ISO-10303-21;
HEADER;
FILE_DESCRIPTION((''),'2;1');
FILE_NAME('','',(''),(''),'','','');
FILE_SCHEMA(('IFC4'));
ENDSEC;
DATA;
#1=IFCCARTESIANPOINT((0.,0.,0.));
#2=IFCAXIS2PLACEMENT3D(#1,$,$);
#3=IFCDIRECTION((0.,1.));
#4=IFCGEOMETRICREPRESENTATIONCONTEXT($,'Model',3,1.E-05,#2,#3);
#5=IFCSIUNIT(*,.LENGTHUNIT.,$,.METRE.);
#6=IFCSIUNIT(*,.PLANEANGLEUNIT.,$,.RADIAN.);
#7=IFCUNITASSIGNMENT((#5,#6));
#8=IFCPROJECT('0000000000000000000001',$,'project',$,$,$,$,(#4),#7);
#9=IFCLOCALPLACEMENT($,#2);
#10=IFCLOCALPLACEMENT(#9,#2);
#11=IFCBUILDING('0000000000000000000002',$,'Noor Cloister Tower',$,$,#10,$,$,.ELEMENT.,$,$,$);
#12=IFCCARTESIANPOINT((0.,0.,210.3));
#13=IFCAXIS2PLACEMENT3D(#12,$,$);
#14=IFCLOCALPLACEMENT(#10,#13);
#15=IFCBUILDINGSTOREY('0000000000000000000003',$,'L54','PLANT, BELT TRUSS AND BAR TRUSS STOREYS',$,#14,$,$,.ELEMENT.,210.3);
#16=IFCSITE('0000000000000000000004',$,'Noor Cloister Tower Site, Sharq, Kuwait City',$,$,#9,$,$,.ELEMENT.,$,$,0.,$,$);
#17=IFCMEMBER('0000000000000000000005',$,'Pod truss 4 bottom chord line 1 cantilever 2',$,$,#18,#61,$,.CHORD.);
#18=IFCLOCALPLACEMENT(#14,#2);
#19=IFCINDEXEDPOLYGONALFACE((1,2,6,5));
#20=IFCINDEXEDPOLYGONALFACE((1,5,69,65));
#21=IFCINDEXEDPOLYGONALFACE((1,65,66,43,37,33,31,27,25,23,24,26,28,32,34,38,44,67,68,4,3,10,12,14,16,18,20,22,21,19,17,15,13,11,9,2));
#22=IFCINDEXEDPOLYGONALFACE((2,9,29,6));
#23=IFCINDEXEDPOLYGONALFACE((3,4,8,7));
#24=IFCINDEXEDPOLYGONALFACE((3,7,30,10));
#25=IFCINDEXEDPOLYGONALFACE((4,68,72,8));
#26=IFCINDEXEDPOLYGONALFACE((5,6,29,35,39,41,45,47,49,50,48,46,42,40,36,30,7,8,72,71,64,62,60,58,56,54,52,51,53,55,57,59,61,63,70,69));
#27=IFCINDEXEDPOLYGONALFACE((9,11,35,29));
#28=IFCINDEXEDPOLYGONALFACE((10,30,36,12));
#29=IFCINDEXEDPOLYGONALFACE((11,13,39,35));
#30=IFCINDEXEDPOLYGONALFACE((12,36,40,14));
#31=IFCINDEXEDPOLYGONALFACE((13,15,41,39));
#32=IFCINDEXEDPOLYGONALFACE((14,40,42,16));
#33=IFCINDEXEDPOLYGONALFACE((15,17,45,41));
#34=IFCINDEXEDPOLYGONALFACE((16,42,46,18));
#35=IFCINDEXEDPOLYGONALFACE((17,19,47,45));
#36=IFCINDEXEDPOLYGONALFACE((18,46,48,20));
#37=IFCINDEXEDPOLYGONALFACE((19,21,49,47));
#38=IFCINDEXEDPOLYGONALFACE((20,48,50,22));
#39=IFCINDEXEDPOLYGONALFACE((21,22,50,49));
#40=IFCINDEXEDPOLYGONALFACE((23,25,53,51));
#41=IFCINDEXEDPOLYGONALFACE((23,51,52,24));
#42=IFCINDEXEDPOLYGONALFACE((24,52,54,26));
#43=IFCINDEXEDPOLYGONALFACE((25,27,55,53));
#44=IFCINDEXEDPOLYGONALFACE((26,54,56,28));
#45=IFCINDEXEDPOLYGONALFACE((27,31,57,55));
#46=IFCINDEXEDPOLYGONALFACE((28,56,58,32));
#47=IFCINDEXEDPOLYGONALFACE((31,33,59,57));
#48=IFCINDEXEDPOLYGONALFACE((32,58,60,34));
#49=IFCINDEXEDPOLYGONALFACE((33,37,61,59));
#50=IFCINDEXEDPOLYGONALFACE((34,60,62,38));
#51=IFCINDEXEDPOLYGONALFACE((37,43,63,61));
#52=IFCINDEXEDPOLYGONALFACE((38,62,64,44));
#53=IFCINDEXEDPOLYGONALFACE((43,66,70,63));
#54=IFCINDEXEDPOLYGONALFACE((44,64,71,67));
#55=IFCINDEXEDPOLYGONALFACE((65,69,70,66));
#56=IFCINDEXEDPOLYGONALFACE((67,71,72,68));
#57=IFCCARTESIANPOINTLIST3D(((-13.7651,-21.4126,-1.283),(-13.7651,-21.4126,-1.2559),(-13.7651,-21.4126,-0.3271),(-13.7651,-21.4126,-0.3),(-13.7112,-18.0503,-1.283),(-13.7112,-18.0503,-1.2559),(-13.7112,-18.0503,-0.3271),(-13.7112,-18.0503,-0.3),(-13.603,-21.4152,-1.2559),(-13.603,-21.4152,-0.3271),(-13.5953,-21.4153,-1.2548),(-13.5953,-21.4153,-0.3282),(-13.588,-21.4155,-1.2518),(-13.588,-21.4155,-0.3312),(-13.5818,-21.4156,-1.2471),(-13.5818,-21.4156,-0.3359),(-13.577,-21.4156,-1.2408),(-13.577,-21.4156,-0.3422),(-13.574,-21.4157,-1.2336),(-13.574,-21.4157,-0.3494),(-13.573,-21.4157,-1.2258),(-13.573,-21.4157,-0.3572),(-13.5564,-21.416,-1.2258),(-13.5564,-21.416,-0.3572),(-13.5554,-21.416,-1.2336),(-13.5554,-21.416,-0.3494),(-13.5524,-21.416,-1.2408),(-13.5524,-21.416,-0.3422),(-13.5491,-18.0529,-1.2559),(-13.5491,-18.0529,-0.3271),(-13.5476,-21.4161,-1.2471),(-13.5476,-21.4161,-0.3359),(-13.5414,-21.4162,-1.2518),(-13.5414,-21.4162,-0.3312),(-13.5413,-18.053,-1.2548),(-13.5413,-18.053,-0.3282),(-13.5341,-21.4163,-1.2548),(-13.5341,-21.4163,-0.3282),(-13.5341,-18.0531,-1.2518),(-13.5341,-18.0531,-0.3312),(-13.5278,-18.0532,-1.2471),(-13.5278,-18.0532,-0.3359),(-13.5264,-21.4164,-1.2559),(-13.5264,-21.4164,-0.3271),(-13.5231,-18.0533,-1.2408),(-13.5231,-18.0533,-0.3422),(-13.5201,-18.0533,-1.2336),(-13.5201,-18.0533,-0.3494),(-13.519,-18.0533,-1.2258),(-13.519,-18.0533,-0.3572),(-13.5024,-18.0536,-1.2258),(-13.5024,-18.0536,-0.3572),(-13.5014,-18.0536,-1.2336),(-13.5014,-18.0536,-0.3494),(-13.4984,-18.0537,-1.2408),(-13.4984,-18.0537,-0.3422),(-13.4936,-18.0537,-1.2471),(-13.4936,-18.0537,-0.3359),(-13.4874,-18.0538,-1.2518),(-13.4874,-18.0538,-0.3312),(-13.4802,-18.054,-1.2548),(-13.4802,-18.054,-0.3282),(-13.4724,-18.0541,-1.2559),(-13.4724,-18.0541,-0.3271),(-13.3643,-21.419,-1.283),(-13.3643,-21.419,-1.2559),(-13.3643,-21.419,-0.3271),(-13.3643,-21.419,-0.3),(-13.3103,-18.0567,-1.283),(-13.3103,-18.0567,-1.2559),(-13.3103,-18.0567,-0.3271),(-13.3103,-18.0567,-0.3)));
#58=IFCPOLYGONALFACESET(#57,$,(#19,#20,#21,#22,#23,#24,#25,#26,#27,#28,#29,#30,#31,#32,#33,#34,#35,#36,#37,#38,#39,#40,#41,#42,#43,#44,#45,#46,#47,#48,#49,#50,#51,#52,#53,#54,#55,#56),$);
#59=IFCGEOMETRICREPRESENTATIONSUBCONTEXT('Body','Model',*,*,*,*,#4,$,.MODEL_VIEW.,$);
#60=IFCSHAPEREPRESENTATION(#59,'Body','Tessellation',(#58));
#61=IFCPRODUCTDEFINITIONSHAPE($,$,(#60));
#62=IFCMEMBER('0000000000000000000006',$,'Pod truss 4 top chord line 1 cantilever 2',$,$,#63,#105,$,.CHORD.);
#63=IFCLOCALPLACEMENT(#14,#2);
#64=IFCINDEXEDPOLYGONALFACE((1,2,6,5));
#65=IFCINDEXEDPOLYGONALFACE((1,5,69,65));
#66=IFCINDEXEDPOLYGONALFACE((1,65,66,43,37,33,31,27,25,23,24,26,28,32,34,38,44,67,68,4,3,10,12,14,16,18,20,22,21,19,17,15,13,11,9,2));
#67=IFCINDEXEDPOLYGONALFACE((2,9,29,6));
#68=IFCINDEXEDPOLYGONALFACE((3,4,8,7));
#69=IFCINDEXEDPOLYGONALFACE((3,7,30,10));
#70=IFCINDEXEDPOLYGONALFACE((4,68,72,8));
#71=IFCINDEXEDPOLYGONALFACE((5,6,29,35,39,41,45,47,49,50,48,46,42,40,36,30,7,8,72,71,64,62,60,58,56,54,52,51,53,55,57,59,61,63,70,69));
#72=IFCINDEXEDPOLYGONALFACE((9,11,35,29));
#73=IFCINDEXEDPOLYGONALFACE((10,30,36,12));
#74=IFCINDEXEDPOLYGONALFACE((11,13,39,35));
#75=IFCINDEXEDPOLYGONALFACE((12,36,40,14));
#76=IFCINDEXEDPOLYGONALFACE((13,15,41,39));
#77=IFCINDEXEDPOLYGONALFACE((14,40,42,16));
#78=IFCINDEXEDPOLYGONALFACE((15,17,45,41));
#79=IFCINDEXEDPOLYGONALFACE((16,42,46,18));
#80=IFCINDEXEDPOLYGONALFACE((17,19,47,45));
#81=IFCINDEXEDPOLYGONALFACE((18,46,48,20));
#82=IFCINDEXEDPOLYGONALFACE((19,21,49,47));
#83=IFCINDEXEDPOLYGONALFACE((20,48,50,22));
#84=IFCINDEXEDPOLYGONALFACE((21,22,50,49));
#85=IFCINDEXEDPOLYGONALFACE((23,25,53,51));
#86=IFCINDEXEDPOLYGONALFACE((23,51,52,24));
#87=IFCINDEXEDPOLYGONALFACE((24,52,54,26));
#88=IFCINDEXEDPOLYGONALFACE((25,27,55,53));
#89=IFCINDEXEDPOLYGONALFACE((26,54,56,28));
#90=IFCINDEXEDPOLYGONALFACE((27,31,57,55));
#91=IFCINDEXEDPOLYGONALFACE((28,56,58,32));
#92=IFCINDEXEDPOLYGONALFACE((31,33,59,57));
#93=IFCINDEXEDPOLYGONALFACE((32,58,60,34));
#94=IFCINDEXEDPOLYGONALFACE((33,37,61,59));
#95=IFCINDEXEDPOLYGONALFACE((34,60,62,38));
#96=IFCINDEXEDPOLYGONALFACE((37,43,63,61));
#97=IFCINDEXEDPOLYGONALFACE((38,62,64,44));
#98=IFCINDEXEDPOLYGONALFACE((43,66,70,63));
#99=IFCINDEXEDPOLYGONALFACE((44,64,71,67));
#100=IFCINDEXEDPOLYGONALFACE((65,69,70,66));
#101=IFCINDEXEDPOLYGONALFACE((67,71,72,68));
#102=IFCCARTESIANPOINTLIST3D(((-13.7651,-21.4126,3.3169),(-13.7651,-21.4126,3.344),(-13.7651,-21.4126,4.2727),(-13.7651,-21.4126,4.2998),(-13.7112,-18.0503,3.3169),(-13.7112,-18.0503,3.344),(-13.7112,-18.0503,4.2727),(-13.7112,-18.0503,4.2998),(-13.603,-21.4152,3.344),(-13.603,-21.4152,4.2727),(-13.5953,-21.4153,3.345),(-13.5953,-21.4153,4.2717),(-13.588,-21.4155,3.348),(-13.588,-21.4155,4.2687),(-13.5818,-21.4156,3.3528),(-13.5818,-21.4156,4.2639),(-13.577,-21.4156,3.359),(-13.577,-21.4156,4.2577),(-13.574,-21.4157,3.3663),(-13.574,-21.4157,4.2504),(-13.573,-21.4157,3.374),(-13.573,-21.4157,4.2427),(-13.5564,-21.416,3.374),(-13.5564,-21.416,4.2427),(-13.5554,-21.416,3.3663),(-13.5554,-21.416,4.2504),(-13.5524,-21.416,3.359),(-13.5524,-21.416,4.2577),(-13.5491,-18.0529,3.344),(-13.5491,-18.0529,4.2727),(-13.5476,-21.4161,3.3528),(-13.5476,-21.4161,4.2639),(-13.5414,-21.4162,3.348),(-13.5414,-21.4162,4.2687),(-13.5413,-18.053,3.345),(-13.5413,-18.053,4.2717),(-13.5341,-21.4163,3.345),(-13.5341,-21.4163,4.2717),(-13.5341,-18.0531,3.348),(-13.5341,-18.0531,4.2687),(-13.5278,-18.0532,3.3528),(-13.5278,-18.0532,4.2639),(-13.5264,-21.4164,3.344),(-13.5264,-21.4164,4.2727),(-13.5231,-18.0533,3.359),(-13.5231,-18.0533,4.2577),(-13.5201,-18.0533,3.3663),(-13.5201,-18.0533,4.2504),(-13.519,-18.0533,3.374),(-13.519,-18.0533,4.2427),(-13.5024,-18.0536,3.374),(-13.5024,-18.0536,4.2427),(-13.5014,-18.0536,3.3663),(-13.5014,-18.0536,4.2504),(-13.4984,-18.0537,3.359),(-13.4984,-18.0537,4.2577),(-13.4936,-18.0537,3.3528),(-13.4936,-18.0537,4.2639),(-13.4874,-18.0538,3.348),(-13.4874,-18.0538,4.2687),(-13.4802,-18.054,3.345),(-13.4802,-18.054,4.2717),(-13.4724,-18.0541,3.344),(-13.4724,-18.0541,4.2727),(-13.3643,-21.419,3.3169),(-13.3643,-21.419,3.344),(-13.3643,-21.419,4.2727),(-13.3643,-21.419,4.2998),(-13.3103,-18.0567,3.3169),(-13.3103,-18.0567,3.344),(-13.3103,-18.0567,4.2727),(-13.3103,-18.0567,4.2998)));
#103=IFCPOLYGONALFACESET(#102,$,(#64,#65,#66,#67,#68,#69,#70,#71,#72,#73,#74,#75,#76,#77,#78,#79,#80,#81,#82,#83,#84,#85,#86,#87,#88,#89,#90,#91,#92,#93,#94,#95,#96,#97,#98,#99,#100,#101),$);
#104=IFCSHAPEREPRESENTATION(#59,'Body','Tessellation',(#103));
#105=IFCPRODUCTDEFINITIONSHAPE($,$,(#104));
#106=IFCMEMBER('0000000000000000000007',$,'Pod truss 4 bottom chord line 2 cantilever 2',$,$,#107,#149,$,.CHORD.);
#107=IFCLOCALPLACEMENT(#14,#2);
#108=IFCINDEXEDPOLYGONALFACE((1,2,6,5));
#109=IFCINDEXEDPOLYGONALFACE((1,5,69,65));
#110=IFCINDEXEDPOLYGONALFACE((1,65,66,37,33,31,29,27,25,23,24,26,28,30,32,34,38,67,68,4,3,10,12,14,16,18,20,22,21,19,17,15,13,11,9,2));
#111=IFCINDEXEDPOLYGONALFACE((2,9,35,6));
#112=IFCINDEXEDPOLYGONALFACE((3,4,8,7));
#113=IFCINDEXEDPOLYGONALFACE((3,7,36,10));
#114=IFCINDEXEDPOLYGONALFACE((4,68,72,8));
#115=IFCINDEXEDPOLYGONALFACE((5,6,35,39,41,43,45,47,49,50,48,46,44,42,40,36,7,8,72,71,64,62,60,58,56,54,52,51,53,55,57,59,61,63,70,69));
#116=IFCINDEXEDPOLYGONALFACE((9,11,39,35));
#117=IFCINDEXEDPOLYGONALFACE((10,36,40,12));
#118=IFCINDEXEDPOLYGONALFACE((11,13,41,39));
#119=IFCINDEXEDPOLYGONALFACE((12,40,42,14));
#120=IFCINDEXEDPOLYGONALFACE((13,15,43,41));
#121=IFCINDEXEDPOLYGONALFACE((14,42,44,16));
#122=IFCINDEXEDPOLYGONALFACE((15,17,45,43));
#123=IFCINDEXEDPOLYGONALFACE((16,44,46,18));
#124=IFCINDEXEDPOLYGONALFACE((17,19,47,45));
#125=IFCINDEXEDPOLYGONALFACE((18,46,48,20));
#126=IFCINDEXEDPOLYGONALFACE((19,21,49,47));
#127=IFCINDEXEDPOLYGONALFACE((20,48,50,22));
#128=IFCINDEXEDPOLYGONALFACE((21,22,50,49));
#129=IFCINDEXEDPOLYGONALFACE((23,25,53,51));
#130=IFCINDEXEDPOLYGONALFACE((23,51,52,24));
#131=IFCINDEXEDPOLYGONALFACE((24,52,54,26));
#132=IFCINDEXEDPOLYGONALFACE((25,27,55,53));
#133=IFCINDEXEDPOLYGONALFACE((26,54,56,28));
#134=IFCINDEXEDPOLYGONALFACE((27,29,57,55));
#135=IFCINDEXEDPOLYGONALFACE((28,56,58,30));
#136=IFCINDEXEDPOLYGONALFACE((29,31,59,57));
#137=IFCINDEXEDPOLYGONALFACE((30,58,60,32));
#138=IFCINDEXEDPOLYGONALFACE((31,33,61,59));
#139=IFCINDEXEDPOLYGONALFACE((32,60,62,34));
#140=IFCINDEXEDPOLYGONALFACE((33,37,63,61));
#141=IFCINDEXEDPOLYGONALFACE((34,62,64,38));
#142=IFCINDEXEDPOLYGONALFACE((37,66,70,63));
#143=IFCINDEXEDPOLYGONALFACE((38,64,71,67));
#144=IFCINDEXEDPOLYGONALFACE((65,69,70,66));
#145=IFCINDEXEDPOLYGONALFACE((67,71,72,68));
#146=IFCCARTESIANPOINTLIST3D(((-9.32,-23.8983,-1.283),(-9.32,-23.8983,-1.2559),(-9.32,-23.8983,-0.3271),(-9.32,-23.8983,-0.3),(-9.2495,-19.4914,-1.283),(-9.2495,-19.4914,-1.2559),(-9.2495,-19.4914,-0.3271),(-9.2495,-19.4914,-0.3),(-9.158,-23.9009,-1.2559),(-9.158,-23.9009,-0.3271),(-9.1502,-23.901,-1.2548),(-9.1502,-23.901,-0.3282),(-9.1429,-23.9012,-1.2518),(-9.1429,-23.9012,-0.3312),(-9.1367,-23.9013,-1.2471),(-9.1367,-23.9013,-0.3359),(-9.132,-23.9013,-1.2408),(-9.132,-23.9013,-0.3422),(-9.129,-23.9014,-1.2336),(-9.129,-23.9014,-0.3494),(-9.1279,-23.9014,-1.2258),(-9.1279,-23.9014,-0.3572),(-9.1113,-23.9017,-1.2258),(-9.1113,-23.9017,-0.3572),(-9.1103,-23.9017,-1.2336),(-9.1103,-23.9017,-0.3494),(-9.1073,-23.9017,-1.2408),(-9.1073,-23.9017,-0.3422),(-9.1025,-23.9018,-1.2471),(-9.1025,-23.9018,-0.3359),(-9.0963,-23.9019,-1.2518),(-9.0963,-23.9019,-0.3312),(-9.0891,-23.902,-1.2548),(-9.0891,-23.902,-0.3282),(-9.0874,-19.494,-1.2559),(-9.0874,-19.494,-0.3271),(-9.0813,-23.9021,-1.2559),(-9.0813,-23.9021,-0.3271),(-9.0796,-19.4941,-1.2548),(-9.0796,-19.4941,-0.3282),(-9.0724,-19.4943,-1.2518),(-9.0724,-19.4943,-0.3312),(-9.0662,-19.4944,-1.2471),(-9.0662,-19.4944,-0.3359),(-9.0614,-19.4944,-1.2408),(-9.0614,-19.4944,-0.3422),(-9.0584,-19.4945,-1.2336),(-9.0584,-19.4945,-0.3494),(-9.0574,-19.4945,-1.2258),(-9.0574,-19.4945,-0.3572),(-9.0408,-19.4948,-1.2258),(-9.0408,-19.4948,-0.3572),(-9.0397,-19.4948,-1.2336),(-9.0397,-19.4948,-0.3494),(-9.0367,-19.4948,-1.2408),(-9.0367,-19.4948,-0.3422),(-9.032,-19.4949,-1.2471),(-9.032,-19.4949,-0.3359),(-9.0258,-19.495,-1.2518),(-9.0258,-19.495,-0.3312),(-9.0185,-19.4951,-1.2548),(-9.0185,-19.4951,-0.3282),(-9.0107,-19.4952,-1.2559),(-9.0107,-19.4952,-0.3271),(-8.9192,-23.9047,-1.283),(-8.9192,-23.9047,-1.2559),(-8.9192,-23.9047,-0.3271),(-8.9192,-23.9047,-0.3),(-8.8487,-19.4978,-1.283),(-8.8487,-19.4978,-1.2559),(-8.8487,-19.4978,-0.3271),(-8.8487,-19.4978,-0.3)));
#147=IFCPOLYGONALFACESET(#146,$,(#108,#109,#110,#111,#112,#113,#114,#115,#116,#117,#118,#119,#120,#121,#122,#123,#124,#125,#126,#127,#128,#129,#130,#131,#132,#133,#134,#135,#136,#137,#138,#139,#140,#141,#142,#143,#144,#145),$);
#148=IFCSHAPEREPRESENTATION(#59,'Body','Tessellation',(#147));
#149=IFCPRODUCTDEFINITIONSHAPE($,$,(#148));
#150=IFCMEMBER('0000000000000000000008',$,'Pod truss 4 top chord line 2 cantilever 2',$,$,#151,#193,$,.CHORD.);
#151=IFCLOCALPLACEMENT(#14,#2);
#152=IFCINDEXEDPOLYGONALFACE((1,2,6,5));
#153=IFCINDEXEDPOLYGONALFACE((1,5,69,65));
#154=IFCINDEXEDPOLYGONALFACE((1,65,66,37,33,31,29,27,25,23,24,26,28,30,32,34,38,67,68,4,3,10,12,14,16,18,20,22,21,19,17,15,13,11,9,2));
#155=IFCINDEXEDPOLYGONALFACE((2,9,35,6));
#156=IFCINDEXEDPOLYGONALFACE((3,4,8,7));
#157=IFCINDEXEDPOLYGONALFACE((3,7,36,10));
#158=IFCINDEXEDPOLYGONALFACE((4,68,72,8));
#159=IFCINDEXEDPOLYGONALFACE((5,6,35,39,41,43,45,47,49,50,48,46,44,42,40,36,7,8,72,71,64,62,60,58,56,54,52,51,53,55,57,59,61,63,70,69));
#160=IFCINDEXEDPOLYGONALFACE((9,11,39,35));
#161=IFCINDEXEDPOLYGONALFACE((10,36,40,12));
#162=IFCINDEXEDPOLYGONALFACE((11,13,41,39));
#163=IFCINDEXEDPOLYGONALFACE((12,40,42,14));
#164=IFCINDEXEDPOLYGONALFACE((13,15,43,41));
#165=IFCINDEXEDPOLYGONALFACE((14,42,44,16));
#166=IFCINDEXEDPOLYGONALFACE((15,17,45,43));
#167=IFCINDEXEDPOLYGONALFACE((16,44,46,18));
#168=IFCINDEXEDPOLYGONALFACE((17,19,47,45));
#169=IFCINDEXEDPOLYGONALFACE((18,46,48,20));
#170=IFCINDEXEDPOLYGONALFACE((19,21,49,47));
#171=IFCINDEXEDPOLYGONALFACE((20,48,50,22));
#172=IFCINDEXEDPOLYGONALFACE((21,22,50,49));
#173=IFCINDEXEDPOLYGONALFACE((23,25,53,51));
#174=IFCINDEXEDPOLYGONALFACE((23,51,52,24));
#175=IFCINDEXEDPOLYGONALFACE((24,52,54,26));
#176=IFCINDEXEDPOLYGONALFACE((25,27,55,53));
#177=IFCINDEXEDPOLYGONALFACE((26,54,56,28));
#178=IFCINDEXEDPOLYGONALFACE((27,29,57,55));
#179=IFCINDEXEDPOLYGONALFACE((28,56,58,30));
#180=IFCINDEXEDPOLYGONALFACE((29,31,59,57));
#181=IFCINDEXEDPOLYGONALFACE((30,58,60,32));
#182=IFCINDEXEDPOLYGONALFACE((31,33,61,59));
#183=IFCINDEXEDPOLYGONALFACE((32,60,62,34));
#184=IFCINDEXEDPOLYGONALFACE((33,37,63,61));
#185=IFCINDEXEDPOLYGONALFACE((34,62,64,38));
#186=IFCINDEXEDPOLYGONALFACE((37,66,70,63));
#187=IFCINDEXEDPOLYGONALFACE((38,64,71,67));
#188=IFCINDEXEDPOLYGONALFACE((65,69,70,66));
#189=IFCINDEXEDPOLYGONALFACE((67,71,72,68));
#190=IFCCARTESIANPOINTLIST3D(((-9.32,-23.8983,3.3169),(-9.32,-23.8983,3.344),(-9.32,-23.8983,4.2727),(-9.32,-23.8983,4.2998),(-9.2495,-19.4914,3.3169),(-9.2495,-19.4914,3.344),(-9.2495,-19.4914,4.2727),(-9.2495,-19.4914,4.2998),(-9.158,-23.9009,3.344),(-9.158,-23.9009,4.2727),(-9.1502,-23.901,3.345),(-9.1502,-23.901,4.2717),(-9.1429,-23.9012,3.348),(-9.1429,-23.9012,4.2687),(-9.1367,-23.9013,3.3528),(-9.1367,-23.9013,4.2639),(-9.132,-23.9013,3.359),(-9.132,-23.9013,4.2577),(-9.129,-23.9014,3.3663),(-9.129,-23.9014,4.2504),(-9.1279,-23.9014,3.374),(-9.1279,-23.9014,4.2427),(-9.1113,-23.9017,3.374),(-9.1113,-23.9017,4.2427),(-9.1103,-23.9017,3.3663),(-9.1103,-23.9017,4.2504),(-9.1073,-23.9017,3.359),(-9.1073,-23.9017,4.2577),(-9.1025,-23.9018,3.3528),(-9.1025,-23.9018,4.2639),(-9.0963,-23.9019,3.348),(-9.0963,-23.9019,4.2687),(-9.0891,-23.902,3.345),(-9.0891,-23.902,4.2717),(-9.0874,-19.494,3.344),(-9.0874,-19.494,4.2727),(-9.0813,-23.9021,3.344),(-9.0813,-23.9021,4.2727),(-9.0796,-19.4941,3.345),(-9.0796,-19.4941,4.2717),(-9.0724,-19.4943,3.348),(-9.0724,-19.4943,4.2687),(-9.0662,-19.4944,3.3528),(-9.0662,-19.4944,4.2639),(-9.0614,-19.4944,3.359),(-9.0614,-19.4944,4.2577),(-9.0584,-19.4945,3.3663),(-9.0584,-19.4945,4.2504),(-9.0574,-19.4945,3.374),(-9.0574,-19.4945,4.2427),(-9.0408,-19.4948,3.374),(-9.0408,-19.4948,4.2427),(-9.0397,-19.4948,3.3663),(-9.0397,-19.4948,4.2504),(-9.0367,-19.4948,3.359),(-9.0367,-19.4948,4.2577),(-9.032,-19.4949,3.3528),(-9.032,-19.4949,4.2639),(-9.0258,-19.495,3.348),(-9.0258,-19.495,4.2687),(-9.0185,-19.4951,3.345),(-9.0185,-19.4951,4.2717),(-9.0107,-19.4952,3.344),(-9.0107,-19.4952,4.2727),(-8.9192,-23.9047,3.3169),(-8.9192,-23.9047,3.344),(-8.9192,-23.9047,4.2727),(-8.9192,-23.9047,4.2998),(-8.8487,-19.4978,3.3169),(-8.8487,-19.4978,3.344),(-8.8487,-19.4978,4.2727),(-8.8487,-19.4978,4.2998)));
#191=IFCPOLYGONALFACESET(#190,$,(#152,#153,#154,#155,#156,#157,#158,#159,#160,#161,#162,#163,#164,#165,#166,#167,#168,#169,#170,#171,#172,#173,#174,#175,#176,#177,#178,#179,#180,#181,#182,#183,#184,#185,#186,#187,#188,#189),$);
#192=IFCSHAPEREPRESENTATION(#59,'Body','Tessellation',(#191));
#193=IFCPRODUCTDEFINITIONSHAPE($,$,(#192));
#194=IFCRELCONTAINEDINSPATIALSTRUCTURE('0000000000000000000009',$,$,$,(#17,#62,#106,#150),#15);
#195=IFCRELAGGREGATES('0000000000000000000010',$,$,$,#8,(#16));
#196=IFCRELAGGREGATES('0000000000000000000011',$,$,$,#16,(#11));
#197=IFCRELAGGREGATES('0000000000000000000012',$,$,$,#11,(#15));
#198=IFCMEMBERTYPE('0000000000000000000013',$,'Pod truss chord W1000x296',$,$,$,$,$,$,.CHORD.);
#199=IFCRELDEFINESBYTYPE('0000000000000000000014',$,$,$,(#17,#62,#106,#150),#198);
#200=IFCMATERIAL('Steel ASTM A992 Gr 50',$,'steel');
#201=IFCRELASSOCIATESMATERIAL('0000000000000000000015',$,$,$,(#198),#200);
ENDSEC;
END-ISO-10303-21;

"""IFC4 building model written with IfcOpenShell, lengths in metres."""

from ifc_helpers import new_model, si_unit, direction, frame, origin, origin_2d, place, context, subcontext, project, spatial, i_section, extrude, material, material_profile, profile_set, type_object, element, save


model = new_model("IFC4")

# Units and contexts
model_context = context("Model", 3, precision=1e-05, world=origin(), true_north=direction((0.0, 1.0)))
body_context = subcontext(model_context, "Body", "Model", "MODEL_VIEW")
ifc_project = project(units=[si_unit("LENGTHUNIT", "METRE"), si_unit("PLANEANGLEUNIT", "RADIAN")], contexts=[model_context])

# Site, building, storey
site_placement = place(None, origin())
site = spatial("IfcSite", under=ifc_project, at=site_placement, Name="Noor Cloister Tower Site, Sharq, Kuwait City", CompositionType="ELEMENT", RefElevation=0.0)
building_placement = place(site_placement, origin())
building = spatial("IfcBuilding", under=site, at=building_placement, Name="Noor Cloister Tower", CompositionType="ELEMENT")
storey_placement = place(building_placement, frame((0.0, 0.0, 210.3)))
storey = spatial("IfcBuildingStorey", under=building, at=storey_placement, Name="L54", Description="PLANT, BELT TRUSS AND BAR TRUSS STOREYS", CompositionType="ELEMENT", Elevation=210.3)

# Members
ifc_material_1 = material(Name="Steel ASTM A992 Gr 50", Category="steel")
ifc_material_profile_1 = material_profile(ifc_material_1, i_section(OverallWidth=0.4009, OverallDepth=0.9829, WebThickness=0.0166, FlangeThickness=0.0271, FilletRadius=0.03, at=origin_2d()), Name="W1000x296")
ifc_profile_set_1 = profile_set([ifc_material_profile_1], Name="Steel ASTM A992 Gr 50")
member_type_1 = type_object("IfcMemberType", Name="Pod truss chord W1000x296", PredefinedType="CHORD", material=ifc_profile_set_1)
for number, where, z_axis, x_axis, name in (
    (1, (-13.5107, -18.0535, -0.7915), (-0.016045, -0.999871, 0.0), (0.999871, -0.016045, 0.0), "Pod truss 4 bottom chord line 1 cantilever 2"),
    (2, (-13.5107, -18.0535, 3.8083), (-0.016045, -0.999871, 0.0), (0.999871, -0.016045, 0.0), "Pod truss 4 top chord line 1 cantilever 2"),
):
    element("IfcMember", number, at=place(storey_placement, frame(where, z_axis=z_axis, x_axis=x_axis)), inside=storey, type_object=member_type_1, Name=name, PredefinedType="CHORD", context=body_context, shape_type="SweptSolid", body=[
        extrude(i_section(OverallWidth=0.4009, OverallDepth=0.9829, WebThickness=0.0166, FlangeThickness=0.0271, FilletRadius=0.03, at=origin_2d()), origin(), (0.0, 0.0, 1.0), 3.3628),
    ])
for number, where, z_axis, x_axis, name in (
    (3, (-9.0491, -19.4946, -0.7915), (-0.016008, -0.999872, 0.0), (0.999872, -0.016008, 0.0), "Pod truss 4 bottom chord line 2 cantilever 2"),
    (4, (-9.0491, -19.4946, 3.8083), (-0.016008, -0.999872, 0.0), (0.999872, -0.016008, 0.0), "Pod truss 4 top chord line 2 cantilever 2"),
):
    element("IfcMember", number, at=place(storey_placement, frame(where, z_axis=z_axis, x_axis=x_axis)), inside=storey, type_object=member_type_1, Name=name, PredefinedType="CHORD", context=body_context, shape_type="SweptSolid", body=[
        extrude(i_section(OverallWidth=0.4009, OverallDepth=0.9829, WebThickness=0.0166, FlangeThickness=0.0271, FilletRadius=0.03, at=origin_2d()), origin(), (0.0, 0.0, 1.0), 4.4075),
    ])

save(model, "model.ifc")
